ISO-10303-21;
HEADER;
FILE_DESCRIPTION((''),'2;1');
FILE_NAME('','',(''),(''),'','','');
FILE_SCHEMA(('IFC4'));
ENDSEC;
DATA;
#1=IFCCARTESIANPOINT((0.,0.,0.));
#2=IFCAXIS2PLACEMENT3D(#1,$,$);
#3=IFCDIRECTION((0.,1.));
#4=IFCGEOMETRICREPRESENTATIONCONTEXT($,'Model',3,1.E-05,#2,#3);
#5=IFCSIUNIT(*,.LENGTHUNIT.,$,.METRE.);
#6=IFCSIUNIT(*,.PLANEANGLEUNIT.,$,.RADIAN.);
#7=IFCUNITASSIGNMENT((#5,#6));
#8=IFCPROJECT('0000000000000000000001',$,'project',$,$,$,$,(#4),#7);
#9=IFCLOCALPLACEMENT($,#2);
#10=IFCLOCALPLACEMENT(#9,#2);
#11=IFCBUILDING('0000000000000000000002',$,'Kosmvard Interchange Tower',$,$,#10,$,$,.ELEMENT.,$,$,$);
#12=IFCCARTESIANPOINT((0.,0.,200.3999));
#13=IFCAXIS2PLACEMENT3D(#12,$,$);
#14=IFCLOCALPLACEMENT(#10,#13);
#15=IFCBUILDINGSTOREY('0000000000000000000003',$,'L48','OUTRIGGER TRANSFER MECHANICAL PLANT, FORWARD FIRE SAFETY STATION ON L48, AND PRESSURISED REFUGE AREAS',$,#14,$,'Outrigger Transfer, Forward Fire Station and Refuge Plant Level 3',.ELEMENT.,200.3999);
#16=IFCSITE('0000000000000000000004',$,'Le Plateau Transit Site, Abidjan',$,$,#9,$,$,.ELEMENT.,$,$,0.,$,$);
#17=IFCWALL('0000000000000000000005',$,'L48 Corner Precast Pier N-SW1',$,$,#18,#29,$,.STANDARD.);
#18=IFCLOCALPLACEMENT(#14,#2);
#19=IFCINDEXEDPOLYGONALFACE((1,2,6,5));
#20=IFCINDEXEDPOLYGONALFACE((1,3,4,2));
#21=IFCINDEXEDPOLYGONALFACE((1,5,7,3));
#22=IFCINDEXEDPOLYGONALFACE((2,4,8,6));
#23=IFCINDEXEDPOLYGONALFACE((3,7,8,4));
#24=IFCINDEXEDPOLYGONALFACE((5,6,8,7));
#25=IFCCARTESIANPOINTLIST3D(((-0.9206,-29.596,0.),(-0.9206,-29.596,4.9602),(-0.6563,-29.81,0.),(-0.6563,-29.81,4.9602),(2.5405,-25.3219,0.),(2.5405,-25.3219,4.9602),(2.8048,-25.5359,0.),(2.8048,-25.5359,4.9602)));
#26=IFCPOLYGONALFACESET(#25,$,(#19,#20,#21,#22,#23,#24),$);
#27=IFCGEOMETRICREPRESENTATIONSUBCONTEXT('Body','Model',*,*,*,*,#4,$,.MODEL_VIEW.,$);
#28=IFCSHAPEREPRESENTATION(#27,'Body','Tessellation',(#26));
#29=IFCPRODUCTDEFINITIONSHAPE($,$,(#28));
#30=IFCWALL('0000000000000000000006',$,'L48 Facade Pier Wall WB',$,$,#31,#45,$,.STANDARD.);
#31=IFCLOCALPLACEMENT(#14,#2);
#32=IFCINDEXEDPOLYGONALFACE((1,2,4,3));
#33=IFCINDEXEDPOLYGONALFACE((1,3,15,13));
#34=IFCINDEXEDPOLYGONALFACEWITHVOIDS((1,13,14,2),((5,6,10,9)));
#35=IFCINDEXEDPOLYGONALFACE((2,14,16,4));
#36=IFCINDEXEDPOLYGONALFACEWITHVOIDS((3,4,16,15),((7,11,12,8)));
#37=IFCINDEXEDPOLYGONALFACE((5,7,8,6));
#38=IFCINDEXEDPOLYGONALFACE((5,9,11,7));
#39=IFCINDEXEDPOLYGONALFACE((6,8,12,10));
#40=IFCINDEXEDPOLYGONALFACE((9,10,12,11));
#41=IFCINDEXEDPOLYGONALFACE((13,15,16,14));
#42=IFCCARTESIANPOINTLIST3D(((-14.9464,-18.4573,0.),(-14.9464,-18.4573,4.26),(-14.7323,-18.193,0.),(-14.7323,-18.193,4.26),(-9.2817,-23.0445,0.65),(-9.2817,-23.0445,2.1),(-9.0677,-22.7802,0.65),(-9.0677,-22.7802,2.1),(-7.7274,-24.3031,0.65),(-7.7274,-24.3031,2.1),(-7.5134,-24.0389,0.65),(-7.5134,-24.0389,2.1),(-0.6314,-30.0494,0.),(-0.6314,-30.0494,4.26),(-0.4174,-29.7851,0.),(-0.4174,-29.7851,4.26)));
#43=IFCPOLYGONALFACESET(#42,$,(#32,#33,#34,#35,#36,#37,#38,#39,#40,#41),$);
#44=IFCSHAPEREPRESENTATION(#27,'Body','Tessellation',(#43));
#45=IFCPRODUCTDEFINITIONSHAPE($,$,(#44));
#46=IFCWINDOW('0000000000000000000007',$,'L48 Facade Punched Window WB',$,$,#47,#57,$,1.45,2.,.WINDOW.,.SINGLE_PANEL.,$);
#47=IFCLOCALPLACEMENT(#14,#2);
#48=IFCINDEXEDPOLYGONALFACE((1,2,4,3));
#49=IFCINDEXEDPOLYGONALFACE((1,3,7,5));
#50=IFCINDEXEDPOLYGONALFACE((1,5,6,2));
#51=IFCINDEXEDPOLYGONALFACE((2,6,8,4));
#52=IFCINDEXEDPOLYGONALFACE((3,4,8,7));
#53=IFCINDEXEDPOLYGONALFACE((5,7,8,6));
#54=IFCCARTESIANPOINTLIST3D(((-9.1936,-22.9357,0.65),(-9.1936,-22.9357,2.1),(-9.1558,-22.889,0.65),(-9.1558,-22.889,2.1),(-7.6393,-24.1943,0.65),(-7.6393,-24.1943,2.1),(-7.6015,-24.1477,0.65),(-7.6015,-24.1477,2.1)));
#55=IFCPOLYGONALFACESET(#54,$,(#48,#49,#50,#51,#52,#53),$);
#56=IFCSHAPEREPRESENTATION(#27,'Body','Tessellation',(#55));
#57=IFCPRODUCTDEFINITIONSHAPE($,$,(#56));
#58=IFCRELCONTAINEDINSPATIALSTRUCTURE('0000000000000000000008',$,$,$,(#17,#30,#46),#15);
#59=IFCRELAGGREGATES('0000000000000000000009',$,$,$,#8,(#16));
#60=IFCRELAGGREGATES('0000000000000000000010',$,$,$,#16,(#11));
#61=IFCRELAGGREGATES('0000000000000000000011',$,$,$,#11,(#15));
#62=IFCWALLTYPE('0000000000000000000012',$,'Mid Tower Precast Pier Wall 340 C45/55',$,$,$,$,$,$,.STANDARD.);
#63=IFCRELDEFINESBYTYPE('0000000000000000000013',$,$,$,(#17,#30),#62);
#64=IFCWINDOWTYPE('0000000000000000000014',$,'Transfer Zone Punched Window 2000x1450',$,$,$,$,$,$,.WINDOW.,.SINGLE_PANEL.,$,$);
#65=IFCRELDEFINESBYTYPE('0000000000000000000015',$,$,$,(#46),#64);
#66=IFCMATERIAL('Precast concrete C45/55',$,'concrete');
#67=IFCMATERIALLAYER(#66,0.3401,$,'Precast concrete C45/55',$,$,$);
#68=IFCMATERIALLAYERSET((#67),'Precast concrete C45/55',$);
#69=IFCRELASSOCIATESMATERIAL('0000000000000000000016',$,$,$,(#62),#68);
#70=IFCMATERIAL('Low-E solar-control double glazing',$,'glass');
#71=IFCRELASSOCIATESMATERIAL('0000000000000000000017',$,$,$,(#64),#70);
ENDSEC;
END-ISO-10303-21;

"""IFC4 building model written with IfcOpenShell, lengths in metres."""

from ifc_helpers import new_model, si_unit, direction, frame, frame_2d, origin, place, context, subcontext, project, spatial, rectangle, extrude, source, transform, mapped, material, layer, layer_set, type_object, element, fill, save


model = new_model("IFC4")

# Units and contexts
model_context = context("Model", 3, precision=1e-05, world=origin(), true_north=direction((0.0, 1.0)))
body_context = subcontext(model_context, "Body", "Model", "MODEL_VIEW")
ifc_project = project(units=[si_unit("LENGTHUNIT", "METRE"), si_unit("PLANEANGLEUNIT", "RADIAN")], contexts=[model_context])

# Site, building, storey
site_placement = place(None, origin())
site = spatial("IfcSite", under=ifc_project, at=site_placement, Name="Le Plateau Transit Site, Abidjan", CompositionType="ELEMENT", RefElevation=0.0)
building_placement = place(site_placement, origin())
building = spatial("IfcBuilding", under=site, at=building_placement, Name="Kosmvard Interchange Tower", CompositionType="ELEMENT")
storey_placement = place(building_placement, frame((0.0, 0.0, 200.3999)))
storey = spatial("IfcBuildingStorey", under=building, at=storey_placement, Name="L48", Description="OUTRIGGER TRANSFER MECHANICAL PLANT, FORWARD FIRE SAFETY STATION ON L48, AND PRESSURISED REFUGE AREAS", LongName="Outrigger Transfer, Forward Fire Station and Refuge Plant Level 3", CompositionType="ELEMENT", Elevation=200.3999)

# Wall
ifc_material_1 = material(Name="Precast concrete C45/55", Category="concrete")
ifc_layer_1 = layer(ifc_material_1, 0.3401, Name="Precast concrete C45/55")
ifc_layer_set_1 = layer_set([ifc_layer_1], Name="Precast concrete C45/55")
wall_type = type_object("IfcWallType", Name="Mid Tower Precast Pier Wall 340 C45/55", PredefinedType="STANDARD", material=ifc_layer_set_1)
wall_1_placement = place(storey_placement, frame((-0.7886, -29.7031, 0.0), z_axis=(0.0, 0.0, 1.0), x_axis=(0.629323, 0.777144, 0.0)))
element("IfcWall", 1, at=wall_1_placement, inside=storey, type_object=wall_type, Name="L48 Corner Precast Pier N-SW1", PredefinedType="STANDARD", context=body_context, shape_type="SweptSolid", body=[
    extrude(rectangle(XDim=5.4998, YDim=0.3401, at=frame_2d((2.75, 0.0))), origin(), (0.0, 0.0, 1.0), 4.9602),
])

# Wall, opening, window
wall_2_placement = place(storey_placement, frame((-14.8394, -18.3252, 0.0), z_axis=(0.0, 0.0, 1.0), x_axis=(0.777145, -0.629321, 0.0)))
wall_2 = element("IfcWall", 2, at=wall_2_placement, inside=storey, type_object=wall_type, Name="L48 Facade Pier Wall WB", PredefinedType="STANDARD", context=body_context, shape_type="SweptSolid", body=[
    extrude(rectangle(XDim=18.4199, YDim=0.3401, at=frame_2d((9.21, 0.0))), origin(), (0.0, 0.0, 1.0), 4.26),
])
opening_placement = place(wall_2_placement, frame((7.2891, 0.0, 0.6499)))
opening = element("IfcOpeningElement", 3, at=opening_placement, cuts=wall_2, PredefinedType="OPENING", context=body_context, shape_type="SweptSolid", body=[
    extrude(rectangle(XDim=2.0, YDim=1.45, at=frame_2d((1.0, 0.7251))), frame((0.0, 0.1802, 0.0), z_axis=(0.0, -1.0, 0.0), x_axis=(1.0, 0.0, 0.0)), (0.0, 0.0, 1.0), 0.3601),
])
ifc_material_2 = material(Name="Low-E solar-control double glazing", Category="glass")
window_type = type_object("IfcWindowType", Name="Transfer Zone Punched Window 2000x1450", PartitioningType="SINGLE_PANEL", PredefinedType="WINDOW", material=ifc_material_2)
shared_shape_1 = source(origin(), body_context, "Body", "SweptSolid", [
    extrude(rectangle(XDim=2.0, YDim=1.45, at=frame_2d((1.0, 0.7251))), frame((0.0, 0.03, 0.0), z_axis=(0.0, -1.0, 0.0), x_axis=(1.0, 0.0, 0.0)), (0.0, 0.0, 1.0), 0.0601),
])
window_placement = place(opening_placement, origin())
window = element("IfcWindow", 4, at=window_placement, inside=storey, type_object=window_type, Name="L48 Facade Punched Window WB", OverallHeight=1.45, OverallWidth=2.0, PartitioningType="SINGLE_PANEL", PredefinedType="WINDOW", context=body_context, shape_type="MappedRepresentation", body=[
    mapped(shared_shape_1, transform((0.0, 0.0, 0.0), scale=1.0)),
])
fill(opening, window)

save(model, "model.ifc")
